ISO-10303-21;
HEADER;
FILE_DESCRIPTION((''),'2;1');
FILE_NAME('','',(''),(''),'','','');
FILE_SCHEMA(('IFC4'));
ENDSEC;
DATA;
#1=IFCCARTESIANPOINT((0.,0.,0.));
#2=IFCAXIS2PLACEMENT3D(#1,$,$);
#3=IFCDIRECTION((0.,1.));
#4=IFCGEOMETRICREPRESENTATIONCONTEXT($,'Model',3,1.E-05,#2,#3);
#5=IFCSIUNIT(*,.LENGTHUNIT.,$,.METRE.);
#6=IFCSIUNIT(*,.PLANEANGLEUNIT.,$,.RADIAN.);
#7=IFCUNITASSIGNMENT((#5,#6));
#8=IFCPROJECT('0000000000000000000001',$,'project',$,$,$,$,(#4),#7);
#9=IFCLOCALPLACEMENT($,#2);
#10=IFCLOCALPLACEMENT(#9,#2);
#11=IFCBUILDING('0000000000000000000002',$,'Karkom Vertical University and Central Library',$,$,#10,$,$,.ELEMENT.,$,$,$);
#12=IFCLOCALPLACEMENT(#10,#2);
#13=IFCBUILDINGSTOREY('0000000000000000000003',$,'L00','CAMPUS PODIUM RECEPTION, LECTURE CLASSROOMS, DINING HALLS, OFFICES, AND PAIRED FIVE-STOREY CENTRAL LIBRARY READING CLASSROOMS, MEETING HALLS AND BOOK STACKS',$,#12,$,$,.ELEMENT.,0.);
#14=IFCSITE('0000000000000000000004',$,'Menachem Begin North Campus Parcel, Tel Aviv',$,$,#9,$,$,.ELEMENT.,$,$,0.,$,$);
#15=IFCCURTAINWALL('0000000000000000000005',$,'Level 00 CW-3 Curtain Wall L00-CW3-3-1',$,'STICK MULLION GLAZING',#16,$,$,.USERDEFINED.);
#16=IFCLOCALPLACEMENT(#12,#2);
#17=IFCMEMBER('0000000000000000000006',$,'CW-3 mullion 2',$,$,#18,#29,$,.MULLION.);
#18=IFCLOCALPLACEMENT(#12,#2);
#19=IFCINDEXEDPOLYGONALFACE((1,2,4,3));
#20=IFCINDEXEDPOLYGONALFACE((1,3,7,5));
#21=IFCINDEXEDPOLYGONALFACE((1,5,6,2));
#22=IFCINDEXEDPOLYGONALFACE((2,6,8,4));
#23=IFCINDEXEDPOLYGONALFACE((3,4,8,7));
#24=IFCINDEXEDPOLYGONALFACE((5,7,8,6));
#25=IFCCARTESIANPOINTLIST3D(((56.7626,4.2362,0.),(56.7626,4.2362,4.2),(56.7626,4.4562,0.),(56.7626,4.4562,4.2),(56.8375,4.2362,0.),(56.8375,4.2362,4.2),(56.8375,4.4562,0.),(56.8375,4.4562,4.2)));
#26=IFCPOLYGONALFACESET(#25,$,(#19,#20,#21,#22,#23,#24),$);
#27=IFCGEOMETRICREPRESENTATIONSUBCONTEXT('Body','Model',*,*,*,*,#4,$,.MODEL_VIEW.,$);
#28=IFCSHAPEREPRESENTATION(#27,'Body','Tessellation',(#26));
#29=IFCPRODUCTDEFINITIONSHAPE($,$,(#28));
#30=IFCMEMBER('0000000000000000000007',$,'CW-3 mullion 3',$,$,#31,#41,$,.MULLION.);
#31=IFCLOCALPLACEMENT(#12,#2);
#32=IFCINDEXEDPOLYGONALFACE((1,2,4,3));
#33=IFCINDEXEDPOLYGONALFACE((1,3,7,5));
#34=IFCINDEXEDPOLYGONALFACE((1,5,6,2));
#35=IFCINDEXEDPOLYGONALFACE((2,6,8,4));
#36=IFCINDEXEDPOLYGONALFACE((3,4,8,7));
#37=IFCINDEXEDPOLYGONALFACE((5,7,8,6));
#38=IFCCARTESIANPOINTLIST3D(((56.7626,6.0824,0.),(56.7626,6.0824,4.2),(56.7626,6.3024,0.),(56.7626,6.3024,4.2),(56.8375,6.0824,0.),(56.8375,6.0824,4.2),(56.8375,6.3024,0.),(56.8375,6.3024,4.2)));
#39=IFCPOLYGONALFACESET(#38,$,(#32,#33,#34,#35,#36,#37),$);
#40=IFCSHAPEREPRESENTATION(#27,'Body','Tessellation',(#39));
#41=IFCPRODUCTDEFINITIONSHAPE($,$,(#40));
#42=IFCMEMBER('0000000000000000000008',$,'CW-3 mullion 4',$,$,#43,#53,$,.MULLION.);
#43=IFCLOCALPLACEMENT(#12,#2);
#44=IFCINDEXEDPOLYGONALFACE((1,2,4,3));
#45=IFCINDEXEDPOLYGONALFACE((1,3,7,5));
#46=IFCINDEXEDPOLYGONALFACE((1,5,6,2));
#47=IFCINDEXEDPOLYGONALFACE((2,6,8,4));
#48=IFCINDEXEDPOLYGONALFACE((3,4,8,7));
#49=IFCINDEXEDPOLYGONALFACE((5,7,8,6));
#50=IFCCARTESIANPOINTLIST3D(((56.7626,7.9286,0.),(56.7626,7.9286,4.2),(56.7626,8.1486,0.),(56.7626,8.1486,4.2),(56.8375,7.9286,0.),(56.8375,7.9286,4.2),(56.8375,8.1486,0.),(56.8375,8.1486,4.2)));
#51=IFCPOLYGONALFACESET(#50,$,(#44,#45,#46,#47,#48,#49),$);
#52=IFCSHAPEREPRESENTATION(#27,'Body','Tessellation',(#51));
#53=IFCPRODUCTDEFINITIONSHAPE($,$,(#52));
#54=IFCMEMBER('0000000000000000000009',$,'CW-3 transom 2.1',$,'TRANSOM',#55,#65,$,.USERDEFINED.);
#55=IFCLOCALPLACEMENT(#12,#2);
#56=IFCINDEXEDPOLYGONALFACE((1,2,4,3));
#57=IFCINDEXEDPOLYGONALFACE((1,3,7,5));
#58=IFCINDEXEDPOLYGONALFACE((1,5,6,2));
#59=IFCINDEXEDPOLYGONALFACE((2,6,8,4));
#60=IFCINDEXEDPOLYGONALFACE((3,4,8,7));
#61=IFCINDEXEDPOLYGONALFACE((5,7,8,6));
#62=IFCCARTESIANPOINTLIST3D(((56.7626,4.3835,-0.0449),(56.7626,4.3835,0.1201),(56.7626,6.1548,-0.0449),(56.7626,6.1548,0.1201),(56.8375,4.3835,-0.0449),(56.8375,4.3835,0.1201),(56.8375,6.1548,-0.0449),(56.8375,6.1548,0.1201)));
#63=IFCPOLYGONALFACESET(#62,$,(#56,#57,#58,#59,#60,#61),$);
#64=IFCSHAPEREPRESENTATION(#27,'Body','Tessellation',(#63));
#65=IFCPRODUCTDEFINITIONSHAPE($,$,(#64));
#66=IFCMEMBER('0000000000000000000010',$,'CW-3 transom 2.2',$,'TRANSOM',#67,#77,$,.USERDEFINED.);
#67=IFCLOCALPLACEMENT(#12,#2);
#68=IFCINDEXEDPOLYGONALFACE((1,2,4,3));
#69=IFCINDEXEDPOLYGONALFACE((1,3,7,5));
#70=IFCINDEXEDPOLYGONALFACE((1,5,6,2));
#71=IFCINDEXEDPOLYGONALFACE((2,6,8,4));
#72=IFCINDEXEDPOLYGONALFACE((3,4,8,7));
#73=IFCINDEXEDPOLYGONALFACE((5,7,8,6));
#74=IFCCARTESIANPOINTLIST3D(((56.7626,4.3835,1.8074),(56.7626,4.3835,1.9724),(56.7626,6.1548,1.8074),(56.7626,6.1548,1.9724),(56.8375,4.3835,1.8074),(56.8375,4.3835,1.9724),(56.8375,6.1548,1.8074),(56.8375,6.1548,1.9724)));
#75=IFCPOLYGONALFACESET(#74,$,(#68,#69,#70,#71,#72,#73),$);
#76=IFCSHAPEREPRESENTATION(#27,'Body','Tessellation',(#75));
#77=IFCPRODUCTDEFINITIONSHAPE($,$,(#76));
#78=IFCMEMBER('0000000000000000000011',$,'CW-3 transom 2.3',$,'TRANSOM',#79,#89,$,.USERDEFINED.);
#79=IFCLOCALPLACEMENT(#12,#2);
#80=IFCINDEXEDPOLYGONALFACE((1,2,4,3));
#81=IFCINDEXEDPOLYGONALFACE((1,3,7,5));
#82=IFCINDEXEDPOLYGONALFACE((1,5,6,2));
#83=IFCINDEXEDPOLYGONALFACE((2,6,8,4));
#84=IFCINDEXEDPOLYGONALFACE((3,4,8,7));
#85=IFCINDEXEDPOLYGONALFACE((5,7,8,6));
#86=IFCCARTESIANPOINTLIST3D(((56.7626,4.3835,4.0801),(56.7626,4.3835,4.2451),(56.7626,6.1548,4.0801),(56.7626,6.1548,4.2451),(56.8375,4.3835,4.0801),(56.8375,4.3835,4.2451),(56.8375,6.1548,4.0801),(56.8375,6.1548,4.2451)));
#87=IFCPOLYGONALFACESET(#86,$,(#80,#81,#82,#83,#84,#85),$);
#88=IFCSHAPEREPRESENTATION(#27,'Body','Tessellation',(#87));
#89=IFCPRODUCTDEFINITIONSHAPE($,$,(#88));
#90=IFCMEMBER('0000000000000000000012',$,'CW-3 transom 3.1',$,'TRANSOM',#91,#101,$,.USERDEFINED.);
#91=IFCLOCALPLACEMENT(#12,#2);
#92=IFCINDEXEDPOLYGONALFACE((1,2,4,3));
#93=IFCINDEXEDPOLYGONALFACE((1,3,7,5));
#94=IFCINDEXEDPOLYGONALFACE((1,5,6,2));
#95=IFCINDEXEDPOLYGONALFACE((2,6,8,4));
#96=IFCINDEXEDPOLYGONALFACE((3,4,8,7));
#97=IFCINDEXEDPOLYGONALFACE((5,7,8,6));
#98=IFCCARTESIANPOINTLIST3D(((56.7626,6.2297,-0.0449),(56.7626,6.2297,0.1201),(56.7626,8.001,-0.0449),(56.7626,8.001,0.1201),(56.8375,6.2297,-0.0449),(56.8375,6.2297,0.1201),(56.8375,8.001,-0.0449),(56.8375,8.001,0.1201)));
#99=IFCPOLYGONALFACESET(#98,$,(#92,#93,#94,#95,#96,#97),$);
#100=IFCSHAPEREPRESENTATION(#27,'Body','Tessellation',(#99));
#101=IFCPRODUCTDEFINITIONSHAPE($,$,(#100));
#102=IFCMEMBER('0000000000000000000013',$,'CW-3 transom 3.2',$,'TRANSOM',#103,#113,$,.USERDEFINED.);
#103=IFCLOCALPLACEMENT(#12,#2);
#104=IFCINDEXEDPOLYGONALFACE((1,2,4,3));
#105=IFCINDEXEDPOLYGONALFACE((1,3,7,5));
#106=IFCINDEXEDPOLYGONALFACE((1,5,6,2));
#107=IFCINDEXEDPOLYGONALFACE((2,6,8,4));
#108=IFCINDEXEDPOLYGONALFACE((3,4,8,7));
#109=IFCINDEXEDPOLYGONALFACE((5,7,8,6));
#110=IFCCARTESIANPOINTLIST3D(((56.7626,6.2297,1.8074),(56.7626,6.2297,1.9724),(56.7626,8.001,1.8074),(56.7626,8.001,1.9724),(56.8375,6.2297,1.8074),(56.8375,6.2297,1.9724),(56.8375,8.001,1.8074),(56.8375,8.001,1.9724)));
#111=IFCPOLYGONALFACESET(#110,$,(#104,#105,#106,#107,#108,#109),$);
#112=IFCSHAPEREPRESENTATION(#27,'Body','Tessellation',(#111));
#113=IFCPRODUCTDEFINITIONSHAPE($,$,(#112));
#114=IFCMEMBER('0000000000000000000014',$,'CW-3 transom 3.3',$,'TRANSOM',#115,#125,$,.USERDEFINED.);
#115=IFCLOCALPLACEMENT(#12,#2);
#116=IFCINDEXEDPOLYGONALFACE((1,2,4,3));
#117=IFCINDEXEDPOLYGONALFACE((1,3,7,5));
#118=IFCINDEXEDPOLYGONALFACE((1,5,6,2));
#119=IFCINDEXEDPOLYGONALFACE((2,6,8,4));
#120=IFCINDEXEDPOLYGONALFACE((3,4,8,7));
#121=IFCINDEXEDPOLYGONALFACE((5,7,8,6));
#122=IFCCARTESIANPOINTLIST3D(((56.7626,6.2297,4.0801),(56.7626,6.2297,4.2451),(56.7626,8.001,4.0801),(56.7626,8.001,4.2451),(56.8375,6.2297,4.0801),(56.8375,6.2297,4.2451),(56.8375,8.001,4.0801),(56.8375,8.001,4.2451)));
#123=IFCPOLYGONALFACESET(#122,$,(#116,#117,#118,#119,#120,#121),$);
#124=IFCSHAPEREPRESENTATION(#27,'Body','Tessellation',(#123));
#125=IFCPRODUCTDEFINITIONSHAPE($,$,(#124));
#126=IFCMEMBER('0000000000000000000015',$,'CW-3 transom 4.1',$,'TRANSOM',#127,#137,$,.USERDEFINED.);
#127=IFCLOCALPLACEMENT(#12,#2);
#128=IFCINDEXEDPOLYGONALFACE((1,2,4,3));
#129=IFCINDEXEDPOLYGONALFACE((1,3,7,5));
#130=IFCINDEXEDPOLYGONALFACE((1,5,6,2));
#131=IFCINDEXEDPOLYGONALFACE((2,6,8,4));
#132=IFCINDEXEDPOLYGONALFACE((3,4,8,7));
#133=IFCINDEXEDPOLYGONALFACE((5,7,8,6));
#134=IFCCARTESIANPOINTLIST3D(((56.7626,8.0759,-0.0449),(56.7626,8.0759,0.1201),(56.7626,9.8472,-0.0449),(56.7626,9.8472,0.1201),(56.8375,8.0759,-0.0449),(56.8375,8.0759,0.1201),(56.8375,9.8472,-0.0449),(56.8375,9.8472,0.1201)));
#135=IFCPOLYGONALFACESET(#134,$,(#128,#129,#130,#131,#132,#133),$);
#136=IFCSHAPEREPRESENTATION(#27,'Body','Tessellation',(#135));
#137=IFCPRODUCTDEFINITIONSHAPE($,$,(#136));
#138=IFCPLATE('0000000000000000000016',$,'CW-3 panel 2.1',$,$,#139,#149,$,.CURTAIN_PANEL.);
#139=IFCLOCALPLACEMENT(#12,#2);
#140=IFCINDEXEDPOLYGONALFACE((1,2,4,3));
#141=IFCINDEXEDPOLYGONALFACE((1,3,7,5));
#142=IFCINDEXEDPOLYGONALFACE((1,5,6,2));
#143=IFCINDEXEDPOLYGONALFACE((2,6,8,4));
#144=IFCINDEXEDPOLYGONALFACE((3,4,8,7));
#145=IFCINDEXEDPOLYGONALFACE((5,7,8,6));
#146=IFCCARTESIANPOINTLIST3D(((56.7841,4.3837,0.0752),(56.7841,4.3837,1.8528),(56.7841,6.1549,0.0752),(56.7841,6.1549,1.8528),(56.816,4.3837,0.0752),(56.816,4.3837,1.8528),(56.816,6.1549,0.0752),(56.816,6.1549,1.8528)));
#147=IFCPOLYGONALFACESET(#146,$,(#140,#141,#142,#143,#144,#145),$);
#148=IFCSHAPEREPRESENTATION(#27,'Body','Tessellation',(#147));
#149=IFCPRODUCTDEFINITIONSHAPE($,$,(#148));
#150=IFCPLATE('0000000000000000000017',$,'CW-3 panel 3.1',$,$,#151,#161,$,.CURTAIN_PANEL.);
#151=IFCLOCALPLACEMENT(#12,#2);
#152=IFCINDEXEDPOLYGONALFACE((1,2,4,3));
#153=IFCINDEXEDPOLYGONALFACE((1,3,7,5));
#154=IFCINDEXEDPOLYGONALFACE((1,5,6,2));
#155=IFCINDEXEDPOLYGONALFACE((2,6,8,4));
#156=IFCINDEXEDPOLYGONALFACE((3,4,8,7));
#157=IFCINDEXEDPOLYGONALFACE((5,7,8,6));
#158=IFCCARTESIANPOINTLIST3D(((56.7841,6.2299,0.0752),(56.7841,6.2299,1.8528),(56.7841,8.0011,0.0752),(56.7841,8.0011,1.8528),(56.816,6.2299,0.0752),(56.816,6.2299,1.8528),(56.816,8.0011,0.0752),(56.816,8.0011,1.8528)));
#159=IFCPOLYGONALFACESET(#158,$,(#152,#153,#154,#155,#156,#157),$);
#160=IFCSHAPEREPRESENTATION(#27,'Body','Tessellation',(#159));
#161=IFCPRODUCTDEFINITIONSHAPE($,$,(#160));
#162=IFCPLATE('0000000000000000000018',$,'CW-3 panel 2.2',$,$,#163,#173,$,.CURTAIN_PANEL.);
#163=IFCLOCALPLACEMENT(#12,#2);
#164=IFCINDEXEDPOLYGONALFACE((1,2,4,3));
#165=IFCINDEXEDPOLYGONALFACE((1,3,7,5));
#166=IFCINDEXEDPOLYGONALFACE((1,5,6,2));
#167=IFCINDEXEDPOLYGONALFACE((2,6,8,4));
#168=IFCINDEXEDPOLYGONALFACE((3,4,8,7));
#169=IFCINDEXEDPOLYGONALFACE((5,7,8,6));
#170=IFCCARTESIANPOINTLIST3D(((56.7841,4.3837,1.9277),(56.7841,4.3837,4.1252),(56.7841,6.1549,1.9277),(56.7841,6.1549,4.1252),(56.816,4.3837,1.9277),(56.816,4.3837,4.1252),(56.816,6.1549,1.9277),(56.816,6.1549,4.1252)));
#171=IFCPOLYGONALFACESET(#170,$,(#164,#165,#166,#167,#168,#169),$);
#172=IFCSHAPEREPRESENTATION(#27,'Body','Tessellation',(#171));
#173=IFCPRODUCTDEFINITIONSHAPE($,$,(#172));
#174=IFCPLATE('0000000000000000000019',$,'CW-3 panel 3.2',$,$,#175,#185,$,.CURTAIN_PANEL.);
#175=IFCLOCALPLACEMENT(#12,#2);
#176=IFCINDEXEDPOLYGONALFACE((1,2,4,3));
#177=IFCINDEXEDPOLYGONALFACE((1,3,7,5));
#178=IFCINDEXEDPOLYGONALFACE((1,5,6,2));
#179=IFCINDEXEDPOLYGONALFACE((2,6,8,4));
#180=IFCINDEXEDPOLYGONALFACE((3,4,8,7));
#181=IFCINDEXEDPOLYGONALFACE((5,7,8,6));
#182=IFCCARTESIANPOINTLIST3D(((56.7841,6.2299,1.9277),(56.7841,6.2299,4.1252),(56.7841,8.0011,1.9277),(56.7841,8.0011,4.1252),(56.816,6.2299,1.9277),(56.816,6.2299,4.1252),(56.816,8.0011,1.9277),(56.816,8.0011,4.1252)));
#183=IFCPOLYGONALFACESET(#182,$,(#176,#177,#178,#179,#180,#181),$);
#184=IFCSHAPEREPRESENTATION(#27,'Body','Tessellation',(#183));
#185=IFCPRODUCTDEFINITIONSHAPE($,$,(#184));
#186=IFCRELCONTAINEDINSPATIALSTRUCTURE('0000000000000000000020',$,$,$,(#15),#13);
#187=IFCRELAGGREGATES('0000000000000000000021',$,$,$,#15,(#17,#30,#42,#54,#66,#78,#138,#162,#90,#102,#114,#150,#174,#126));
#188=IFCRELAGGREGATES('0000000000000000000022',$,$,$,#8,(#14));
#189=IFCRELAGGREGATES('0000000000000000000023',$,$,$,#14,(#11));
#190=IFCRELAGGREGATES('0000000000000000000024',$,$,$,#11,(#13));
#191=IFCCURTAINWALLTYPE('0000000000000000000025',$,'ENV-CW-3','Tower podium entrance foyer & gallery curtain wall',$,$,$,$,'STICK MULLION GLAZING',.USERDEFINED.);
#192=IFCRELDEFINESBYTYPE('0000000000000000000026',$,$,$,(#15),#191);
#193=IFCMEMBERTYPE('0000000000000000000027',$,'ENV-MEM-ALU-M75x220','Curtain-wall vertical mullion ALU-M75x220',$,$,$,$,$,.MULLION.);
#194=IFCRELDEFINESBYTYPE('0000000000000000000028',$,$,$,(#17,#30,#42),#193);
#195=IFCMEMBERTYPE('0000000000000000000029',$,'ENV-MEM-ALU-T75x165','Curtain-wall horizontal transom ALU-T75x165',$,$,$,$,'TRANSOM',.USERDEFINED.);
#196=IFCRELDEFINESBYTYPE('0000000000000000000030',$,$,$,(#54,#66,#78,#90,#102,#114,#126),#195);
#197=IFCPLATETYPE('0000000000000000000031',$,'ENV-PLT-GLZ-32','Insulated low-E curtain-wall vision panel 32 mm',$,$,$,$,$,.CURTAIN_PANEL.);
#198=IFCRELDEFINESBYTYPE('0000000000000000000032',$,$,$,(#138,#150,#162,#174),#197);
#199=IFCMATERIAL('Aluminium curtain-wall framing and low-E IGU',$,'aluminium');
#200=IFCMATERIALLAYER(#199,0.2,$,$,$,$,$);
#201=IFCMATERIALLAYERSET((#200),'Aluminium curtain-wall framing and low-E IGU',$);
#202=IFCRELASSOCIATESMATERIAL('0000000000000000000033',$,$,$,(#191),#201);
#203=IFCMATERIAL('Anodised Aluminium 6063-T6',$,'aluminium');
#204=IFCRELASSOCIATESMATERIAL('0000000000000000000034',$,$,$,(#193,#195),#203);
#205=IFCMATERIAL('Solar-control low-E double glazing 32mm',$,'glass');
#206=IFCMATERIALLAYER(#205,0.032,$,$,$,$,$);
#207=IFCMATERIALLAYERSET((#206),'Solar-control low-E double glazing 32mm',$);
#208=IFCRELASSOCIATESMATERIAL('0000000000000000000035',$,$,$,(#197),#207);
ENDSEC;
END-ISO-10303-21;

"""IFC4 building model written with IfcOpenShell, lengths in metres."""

from ifc_helpers import new_model, si_unit, direction, frame, origin, origin_with_axes, origin_2d, place, context, subcontext, project, spatial, rectangle, extrude, source, transform, mapped, material, layer, layer_set, material_profile, profile_set, type_object, element, aggregate, save


model = new_model("IFC4")

# Units and contexts
model_context = context("Model", 3, precision=1e-05, world=origin(), true_north=direction((0.0, 1.0)))
body_context = subcontext(model_context, "Body", "Model", "MODEL_VIEW")
ifc_project = project(units=[si_unit("LENGTHUNIT", "METRE"), si_unit("PLANEANGLEUNIT", "RADIAN")], contexts=[model_context])

# Site, building, storey
site_placement = place(None, origin())
site = spatial("IfcSite", under=ifc_project, at=site_placement, Name="Menachem Begin North Campus Parcel, Tel Aviv", CompositionType="ELEMENT", RefElevation=0.0)
building_placement = place(site_placement, origin())
building = spatial("IfcBuilding", under=site, at=building_placement, Name="Karkom Vertical University and Central Library", CompositionType="ELEMENT")
storey_placement = place(building_placement, origin())
storey = spatial("IfcBuildingStorey", under=building, at=storey_placement, Name="L00", Description="CAMPUS PODIUM RECEPTION, LECTURE CLASSROOMS, DINING HALLS, OFFICES, AND PAIRED FIVE-STOREY CENTRAL LIBRARY READING CLASSROOMS, MEETING HALLS AND BOOK STACKS", CompositionType="ELEMENT", Elevation=0.0)

# Curtain wall, members, plates
ifc_material_1 = material(Name="Aluminium curtain-wall framing and low-E IGU", Category="aluminium")
ifc_layer_1 = layer(ifc_material_1, 0.2)
ifc_layer_set_1 = layer_set([ifc_layer_1], Name="Aluminium curtain-wall framing and low-E IGU")
curtain_wall_type = type_object("IfcCurtainWallType", Name="ENV-CW-3", Description="Tower podium entrance foyer & gallery curtain wall", ElementType="STICK MULLION GLAZING", PredefinedType="USERDEFINED", material=ifc_layer_set_1)
curtain_wall_placement = place(storey_placement, origin())
curtain_wall = element("IfcCurtainWall", 1, at=curtain_wall_placement, inside=storey, type_object=curtain_wall_type, Name="Level 00 CW-3 Curtain Wall L00-CW3-3-1", ObjectType="STICK MULLION GLAZING", PredefinedType="USERDEFINED")
ifc_material_2 = material(Name="Anodised Aluminium 6063-T6", Category="aluminium")
ifc_material_profile_1 = material_profile(ifc_material_2, rectangle(XDim=0.075, YDim=0.22, at=origin_2d()), Name="ALU-M75x220")
ifc_profile_set_1 = profile_set([ifc_material_profile_1], Name="Anodised Aluminium 6063-T6")
member_type_1 = type_object("IfcMemberType", Name="ENV-MEM-ALU-M75x220", Description="Curtain-wall vertical mullion ALU-M75x220", PredefinedType="MULLION", material=ifc_profile_set_1)
shared_shape_1 = source(origin_with_axes(), body_context, "Body", "SweptSolid", [
    extrude(rectangle(XDim=0.075, YDim=0.22, at=origin_2d()), origin(), (0.0, 0.0, 1.0), 4.2),
])
member_1_placement = place(storey_placement, frame((56.8, 4.3462, 0.0), z_axis=(0.0, 0.0, 1.0), x_axis=(-1.0, 0.0, 0.0)))
member_1 = element("IfcMember", 2, at=member_1_placement, type_object=member_type_1, Name="CW-3 mullion 2", PredefinedType="MULLION", context=body_context, shape_type="MappedRepresentation", body=[
    mapped(shared_shape_1, transform((0.0, 0.0, 0.0), scale=1.0)),
])
member_2_placement = place(storey_placement, frame((56.8, 6.1924, 0.0), z_axis=(0.0, 0.0, 1.0), x_axis=(-1.0, 0.0, 0.0)))
member_2 = element("IfcMember", 3, at=member_2_placement, type_object=member_type_1, Name="CW-3 mullion 3", PredefinedType="MULLION", context=body_context, shape_type="MappedRepresentation", body=[
    mapped(shared_shape_1, transform((0.0, 0.0, 0.0), scale=1.0)),
])
member_3_placement = place(storey_placement, frame((56.8, 8.0386, 0.0), z_axis=(0.0, 0.0, 1.0), x_axis=(-1.0, 0.0, 0.0)))
member_3 = element("IfcMember", 4, at=member_3_placement, type_object=member_type_1, Name="CW-3 mullion 4", PredefinedType="MULLION", context=body_context, shape_type="MappedRepresentation", body=[
    mapped(shared_shape_1, transform((0.0, 0.0, 0.0), scale=1.0)),
])
ifc_material_profile_2 = material_profile(ifc_material_2, rectangle(XDim=0.075, YDim=0.165, at=origin_2d()), Name="ALU-T75x165")
ifc_profile_set_2 = profile_set([ifc_material_profile_2], Name="Anodised Aluminium 6063-T6")
member_type_2 = type_object("IfcMemberType", Name="ENV-MEM-ALU-T75x165", Description="Curtain-wall horizontal transom ALU-T75x165", ElementType="TRANSOM", PredefinedType="USERDEFINED", material=ifc_profile_set_2)
shared_shape_2 = source(origin_with_axes(), body_context, "Body", "SweptSolid", [
    extrude(rectangle(XDim=0.075, YDim=0.165, at=origin_2d()), origin(), (0.0, 0.0, 1.0), 1.7712),
])
member_4_placement = place(storey_placement, frame((56.8, 4.3835, 0.0376), z_axis=(0.0, 1.0, 0.0), x_axis=(-1.0, 0.0, 0.0)))
member_4 = element("IfcMember", 5, at=member_4_placement, type_object=member_type_2, Name="CW-3 transom 2.1", ObjectType="TRANSOM", PredefinedType="USERDEFINED", context=body_context, shape_type="MappedRepresentation", body=[
    mapped(shared_shape_2, transform((0.0, 0.0, 0.0), scale=1.0)),
])
member_5_placement = place(storey_placement, frame((56.8, 4.3835, 1.8899), z_axis=(0.0, 1.0, 0.0), x_axis=(-1.0, 0.0, 0.0)))
member_5 = element("IfcMember", 6, at=member_5_placement, type_object=member_type_2, Name="CW-3 transom 2.2", ObjectType="TRANSOM", PredefinedType="USERDEFINED", context=body_context, shape_type="MappedRepresentation", body=[
    mapped(shared_shape_2, transform((0.0, 0.0, 0.0), scale=1.0)),
])
member_6_placement = place(storey_placement, frame((56.8, 4.3835, 4.1626), z_axis=(0.0, 1.0, 0.0), x_axis=(-1.0, 0.0, 0.0)))
member_6 = element("IfcMember", 7, at=member_6_placement, type_object=member_type_2, Name="CW-3 transom 2.3", ObjectType="TRANSOM", PredefinedType="USERDEFINED", context=body_context, shape_type="MappedRepresentation", body=[
    mapped(shared_shape_2, transform((0.0, 0.0, 0.0), scale=1.0)),
])
member_7_placement = place(storey_placement, frame((56.8, 6.2297, 0.0376), z_axis=(0.0, 1.0, 0.0), x_axis=(-1.0, 0.0, 0.0)))
member_7 = element("IfcMember", 8, at=member_7_placement, type_object=member_type_2, Name="CW-3 transom 3.1", ObjectType="TRANSOM", PredefinedType="USERDEFINED", context=body_context, shape_type="MappedRepresentation", body=[
    mapped(shared_shape_2, transform((0.0, 0.0, 0.0), scale=1.0)),
])
member_8_placement = place(storey_placement, frame((56.8, 6.2297, 1.8899), z_axis=(0.0, 1.0, 0.0), x_axis=(-1.0, 0.0, 0.0)))
member_8 = element("IfcMember", 9, at=member_8_placement, type_object=member_type_2, Name="CW-3 transom 3.2", ObjectType="TRANSOM", PredefinedType="USERDEFINED", context=body_context, shape_type="MappedRepresentation", body=[
    mapped(shared_shape_2, transform((0.0, 0.0, 0.0), scale=1.0)),
])
member_9_placement = place(storey_placement, frame((56.8, 6.2297, 4.1626), z_axis=(0.0, 1.0, 0.0), x_axis=(-1.0, 0.0, 0.0)))
member_9 = element("IfcMember", 10, at=member_9_placement, type_object=member_type_2, Name="CW-3 transom 3.3", ObjectType="TRANSOM", PredefinedType="USERDEFINED", context=body_context, shape_type="MappedRepresentation", body=[
    mapped(shared_shape_2, transform((0.0, 0.0, 0.0), scale=1.0)),
])
member_10_placement = place(storey_placement, frame((56.8, 8.0759, 0.0376), z_axis=(0.0, 1.0, 0.0), x_axis=(-1.0, 0.0, 0.0)))
member_10 = element("IfcMember", 11, at=member_10_placement, type_object=member_type_2, Name="CW-3 transom 4.1", ObjectType="TRANSOM", PredefinedType="USERDEFINED", context=body_context, shape_type="MappedRepresentation", body=[
    mapped(shared_shape_2, transform((0.0, 0.0, 0.0), scale=1.0)),
])
ifc_material_3 = material(Name="Solar-control low-E double glazing 32mm", Category="glass")
ifc_layer_2 = layer(ifc_material_3, 0.032)
ifc_layer_set_2 = layer_set([ifc_layer_2], Name="Solar-control low-E double glazing 32mm")
plate_type = type_object("IfcPlateType", Name="ENV-PLT-GLZ-32", Description="Insulated low-E curtain-wall vision panel 32 mm", PredefinedType="CURTAIN_PANEL", material=ifc_layer_set_2)
shared_shape_3 = source(origin_with_axes(), body_context, "Body", "SweptSolid", [
    extrude(rectangle(XDim=1.7712, YDim=0.032, at=origin_2d()), origin(), (0.0, 0.0, 1.0), 1.7776),
])
plate_1_placement = place(storey_placement, frame((56.8, 5.2693, 0.0752), z_axis=(0.0, 0.0, 1.0), x_axis=(0.0, 1.0, 0.0)))
plate_1 = element("IfcPlate", 12, at=plate_1_placement, type_object=plate_type, Name="CW-3 panel 2.1", PredefinedType="CURTAIN_PANEL", context=body_context, shape_type="MappedRepresentation", body=[
    mapped(shared_shape_3, transform((0.0, 0.0, 0.0), scale=1.0)),
])
plate_2_placement = place(storey_placement, frame((56.8, 7.1155, 0.0752), z_axis=(0.0, 0.0, 1.0), x_axis=(0.0, 1.0, 0.0)))
plate_2 = element("IfcPlate", 13, at=plate_2_placement, type_object=plate_type, Name="CW-3 panel 3.1", PredefinedType="CURTAIN_PANEL", context=body_context, shape_type="MappedRepresentation", body=[
    mapped(shared_shape_3, transform((0.0, 0.0, 0.0), scale=1.0)),
])
shared_shape_4 = source(origin_with_axes(), body_context, "Body", "SweptSolid", [
    extrude(rectangle(XDim=1.7712, YDim=0.032, at=origin_2d()), origin(), (0.0, 0.0, 1.0), 2.1975),
])
plate_3_placement = place(storey_placement, frame((56.8, 5.2693, 1.9277), z_axis=(0.0, 0.0, 1.0), x_axis=(0.0, 1.0, 0.0)))
plate_3 = element("IfcPlate", 14, at=plate_3_placement, type_object=plate_type, Name="CW-3 panel 2.2", PredefinedType="CURTAIN_PANEL", context=body_context, shape_type="MappedRepresentation", body=[
    mapped(shared_shape_4, transform((0.0, 0.0, 0.0), scale=1.0)),
])
plate_4_placement = place(storey_placement, frame((56.8, 7.1155, 1.9277), z_axis=(0.0, 0.0, 1.0), x_axis=(0.0, 1.0, 0.0)))
plate_4 = element("IfcPlate", 15, at=plate_4_placement, type_object=plate_type, Name="CW-3 panel 3.2", PredefinedType="CURTAIN_PANEL", context=body_context, shape_type="MappedRepresentation", body=[
    mapped(shared_shape_4, transform((0.0, 0.0, 0.0), scale=1.0)),
])
aggregate(curtain_wall, [member_1, member_2, member_3, member_4, member_5, member_6, plate_1, plate_3, member_7, member_8, member_9, plate_2, plate_4, member_10])

save(model, "model.ifc")
